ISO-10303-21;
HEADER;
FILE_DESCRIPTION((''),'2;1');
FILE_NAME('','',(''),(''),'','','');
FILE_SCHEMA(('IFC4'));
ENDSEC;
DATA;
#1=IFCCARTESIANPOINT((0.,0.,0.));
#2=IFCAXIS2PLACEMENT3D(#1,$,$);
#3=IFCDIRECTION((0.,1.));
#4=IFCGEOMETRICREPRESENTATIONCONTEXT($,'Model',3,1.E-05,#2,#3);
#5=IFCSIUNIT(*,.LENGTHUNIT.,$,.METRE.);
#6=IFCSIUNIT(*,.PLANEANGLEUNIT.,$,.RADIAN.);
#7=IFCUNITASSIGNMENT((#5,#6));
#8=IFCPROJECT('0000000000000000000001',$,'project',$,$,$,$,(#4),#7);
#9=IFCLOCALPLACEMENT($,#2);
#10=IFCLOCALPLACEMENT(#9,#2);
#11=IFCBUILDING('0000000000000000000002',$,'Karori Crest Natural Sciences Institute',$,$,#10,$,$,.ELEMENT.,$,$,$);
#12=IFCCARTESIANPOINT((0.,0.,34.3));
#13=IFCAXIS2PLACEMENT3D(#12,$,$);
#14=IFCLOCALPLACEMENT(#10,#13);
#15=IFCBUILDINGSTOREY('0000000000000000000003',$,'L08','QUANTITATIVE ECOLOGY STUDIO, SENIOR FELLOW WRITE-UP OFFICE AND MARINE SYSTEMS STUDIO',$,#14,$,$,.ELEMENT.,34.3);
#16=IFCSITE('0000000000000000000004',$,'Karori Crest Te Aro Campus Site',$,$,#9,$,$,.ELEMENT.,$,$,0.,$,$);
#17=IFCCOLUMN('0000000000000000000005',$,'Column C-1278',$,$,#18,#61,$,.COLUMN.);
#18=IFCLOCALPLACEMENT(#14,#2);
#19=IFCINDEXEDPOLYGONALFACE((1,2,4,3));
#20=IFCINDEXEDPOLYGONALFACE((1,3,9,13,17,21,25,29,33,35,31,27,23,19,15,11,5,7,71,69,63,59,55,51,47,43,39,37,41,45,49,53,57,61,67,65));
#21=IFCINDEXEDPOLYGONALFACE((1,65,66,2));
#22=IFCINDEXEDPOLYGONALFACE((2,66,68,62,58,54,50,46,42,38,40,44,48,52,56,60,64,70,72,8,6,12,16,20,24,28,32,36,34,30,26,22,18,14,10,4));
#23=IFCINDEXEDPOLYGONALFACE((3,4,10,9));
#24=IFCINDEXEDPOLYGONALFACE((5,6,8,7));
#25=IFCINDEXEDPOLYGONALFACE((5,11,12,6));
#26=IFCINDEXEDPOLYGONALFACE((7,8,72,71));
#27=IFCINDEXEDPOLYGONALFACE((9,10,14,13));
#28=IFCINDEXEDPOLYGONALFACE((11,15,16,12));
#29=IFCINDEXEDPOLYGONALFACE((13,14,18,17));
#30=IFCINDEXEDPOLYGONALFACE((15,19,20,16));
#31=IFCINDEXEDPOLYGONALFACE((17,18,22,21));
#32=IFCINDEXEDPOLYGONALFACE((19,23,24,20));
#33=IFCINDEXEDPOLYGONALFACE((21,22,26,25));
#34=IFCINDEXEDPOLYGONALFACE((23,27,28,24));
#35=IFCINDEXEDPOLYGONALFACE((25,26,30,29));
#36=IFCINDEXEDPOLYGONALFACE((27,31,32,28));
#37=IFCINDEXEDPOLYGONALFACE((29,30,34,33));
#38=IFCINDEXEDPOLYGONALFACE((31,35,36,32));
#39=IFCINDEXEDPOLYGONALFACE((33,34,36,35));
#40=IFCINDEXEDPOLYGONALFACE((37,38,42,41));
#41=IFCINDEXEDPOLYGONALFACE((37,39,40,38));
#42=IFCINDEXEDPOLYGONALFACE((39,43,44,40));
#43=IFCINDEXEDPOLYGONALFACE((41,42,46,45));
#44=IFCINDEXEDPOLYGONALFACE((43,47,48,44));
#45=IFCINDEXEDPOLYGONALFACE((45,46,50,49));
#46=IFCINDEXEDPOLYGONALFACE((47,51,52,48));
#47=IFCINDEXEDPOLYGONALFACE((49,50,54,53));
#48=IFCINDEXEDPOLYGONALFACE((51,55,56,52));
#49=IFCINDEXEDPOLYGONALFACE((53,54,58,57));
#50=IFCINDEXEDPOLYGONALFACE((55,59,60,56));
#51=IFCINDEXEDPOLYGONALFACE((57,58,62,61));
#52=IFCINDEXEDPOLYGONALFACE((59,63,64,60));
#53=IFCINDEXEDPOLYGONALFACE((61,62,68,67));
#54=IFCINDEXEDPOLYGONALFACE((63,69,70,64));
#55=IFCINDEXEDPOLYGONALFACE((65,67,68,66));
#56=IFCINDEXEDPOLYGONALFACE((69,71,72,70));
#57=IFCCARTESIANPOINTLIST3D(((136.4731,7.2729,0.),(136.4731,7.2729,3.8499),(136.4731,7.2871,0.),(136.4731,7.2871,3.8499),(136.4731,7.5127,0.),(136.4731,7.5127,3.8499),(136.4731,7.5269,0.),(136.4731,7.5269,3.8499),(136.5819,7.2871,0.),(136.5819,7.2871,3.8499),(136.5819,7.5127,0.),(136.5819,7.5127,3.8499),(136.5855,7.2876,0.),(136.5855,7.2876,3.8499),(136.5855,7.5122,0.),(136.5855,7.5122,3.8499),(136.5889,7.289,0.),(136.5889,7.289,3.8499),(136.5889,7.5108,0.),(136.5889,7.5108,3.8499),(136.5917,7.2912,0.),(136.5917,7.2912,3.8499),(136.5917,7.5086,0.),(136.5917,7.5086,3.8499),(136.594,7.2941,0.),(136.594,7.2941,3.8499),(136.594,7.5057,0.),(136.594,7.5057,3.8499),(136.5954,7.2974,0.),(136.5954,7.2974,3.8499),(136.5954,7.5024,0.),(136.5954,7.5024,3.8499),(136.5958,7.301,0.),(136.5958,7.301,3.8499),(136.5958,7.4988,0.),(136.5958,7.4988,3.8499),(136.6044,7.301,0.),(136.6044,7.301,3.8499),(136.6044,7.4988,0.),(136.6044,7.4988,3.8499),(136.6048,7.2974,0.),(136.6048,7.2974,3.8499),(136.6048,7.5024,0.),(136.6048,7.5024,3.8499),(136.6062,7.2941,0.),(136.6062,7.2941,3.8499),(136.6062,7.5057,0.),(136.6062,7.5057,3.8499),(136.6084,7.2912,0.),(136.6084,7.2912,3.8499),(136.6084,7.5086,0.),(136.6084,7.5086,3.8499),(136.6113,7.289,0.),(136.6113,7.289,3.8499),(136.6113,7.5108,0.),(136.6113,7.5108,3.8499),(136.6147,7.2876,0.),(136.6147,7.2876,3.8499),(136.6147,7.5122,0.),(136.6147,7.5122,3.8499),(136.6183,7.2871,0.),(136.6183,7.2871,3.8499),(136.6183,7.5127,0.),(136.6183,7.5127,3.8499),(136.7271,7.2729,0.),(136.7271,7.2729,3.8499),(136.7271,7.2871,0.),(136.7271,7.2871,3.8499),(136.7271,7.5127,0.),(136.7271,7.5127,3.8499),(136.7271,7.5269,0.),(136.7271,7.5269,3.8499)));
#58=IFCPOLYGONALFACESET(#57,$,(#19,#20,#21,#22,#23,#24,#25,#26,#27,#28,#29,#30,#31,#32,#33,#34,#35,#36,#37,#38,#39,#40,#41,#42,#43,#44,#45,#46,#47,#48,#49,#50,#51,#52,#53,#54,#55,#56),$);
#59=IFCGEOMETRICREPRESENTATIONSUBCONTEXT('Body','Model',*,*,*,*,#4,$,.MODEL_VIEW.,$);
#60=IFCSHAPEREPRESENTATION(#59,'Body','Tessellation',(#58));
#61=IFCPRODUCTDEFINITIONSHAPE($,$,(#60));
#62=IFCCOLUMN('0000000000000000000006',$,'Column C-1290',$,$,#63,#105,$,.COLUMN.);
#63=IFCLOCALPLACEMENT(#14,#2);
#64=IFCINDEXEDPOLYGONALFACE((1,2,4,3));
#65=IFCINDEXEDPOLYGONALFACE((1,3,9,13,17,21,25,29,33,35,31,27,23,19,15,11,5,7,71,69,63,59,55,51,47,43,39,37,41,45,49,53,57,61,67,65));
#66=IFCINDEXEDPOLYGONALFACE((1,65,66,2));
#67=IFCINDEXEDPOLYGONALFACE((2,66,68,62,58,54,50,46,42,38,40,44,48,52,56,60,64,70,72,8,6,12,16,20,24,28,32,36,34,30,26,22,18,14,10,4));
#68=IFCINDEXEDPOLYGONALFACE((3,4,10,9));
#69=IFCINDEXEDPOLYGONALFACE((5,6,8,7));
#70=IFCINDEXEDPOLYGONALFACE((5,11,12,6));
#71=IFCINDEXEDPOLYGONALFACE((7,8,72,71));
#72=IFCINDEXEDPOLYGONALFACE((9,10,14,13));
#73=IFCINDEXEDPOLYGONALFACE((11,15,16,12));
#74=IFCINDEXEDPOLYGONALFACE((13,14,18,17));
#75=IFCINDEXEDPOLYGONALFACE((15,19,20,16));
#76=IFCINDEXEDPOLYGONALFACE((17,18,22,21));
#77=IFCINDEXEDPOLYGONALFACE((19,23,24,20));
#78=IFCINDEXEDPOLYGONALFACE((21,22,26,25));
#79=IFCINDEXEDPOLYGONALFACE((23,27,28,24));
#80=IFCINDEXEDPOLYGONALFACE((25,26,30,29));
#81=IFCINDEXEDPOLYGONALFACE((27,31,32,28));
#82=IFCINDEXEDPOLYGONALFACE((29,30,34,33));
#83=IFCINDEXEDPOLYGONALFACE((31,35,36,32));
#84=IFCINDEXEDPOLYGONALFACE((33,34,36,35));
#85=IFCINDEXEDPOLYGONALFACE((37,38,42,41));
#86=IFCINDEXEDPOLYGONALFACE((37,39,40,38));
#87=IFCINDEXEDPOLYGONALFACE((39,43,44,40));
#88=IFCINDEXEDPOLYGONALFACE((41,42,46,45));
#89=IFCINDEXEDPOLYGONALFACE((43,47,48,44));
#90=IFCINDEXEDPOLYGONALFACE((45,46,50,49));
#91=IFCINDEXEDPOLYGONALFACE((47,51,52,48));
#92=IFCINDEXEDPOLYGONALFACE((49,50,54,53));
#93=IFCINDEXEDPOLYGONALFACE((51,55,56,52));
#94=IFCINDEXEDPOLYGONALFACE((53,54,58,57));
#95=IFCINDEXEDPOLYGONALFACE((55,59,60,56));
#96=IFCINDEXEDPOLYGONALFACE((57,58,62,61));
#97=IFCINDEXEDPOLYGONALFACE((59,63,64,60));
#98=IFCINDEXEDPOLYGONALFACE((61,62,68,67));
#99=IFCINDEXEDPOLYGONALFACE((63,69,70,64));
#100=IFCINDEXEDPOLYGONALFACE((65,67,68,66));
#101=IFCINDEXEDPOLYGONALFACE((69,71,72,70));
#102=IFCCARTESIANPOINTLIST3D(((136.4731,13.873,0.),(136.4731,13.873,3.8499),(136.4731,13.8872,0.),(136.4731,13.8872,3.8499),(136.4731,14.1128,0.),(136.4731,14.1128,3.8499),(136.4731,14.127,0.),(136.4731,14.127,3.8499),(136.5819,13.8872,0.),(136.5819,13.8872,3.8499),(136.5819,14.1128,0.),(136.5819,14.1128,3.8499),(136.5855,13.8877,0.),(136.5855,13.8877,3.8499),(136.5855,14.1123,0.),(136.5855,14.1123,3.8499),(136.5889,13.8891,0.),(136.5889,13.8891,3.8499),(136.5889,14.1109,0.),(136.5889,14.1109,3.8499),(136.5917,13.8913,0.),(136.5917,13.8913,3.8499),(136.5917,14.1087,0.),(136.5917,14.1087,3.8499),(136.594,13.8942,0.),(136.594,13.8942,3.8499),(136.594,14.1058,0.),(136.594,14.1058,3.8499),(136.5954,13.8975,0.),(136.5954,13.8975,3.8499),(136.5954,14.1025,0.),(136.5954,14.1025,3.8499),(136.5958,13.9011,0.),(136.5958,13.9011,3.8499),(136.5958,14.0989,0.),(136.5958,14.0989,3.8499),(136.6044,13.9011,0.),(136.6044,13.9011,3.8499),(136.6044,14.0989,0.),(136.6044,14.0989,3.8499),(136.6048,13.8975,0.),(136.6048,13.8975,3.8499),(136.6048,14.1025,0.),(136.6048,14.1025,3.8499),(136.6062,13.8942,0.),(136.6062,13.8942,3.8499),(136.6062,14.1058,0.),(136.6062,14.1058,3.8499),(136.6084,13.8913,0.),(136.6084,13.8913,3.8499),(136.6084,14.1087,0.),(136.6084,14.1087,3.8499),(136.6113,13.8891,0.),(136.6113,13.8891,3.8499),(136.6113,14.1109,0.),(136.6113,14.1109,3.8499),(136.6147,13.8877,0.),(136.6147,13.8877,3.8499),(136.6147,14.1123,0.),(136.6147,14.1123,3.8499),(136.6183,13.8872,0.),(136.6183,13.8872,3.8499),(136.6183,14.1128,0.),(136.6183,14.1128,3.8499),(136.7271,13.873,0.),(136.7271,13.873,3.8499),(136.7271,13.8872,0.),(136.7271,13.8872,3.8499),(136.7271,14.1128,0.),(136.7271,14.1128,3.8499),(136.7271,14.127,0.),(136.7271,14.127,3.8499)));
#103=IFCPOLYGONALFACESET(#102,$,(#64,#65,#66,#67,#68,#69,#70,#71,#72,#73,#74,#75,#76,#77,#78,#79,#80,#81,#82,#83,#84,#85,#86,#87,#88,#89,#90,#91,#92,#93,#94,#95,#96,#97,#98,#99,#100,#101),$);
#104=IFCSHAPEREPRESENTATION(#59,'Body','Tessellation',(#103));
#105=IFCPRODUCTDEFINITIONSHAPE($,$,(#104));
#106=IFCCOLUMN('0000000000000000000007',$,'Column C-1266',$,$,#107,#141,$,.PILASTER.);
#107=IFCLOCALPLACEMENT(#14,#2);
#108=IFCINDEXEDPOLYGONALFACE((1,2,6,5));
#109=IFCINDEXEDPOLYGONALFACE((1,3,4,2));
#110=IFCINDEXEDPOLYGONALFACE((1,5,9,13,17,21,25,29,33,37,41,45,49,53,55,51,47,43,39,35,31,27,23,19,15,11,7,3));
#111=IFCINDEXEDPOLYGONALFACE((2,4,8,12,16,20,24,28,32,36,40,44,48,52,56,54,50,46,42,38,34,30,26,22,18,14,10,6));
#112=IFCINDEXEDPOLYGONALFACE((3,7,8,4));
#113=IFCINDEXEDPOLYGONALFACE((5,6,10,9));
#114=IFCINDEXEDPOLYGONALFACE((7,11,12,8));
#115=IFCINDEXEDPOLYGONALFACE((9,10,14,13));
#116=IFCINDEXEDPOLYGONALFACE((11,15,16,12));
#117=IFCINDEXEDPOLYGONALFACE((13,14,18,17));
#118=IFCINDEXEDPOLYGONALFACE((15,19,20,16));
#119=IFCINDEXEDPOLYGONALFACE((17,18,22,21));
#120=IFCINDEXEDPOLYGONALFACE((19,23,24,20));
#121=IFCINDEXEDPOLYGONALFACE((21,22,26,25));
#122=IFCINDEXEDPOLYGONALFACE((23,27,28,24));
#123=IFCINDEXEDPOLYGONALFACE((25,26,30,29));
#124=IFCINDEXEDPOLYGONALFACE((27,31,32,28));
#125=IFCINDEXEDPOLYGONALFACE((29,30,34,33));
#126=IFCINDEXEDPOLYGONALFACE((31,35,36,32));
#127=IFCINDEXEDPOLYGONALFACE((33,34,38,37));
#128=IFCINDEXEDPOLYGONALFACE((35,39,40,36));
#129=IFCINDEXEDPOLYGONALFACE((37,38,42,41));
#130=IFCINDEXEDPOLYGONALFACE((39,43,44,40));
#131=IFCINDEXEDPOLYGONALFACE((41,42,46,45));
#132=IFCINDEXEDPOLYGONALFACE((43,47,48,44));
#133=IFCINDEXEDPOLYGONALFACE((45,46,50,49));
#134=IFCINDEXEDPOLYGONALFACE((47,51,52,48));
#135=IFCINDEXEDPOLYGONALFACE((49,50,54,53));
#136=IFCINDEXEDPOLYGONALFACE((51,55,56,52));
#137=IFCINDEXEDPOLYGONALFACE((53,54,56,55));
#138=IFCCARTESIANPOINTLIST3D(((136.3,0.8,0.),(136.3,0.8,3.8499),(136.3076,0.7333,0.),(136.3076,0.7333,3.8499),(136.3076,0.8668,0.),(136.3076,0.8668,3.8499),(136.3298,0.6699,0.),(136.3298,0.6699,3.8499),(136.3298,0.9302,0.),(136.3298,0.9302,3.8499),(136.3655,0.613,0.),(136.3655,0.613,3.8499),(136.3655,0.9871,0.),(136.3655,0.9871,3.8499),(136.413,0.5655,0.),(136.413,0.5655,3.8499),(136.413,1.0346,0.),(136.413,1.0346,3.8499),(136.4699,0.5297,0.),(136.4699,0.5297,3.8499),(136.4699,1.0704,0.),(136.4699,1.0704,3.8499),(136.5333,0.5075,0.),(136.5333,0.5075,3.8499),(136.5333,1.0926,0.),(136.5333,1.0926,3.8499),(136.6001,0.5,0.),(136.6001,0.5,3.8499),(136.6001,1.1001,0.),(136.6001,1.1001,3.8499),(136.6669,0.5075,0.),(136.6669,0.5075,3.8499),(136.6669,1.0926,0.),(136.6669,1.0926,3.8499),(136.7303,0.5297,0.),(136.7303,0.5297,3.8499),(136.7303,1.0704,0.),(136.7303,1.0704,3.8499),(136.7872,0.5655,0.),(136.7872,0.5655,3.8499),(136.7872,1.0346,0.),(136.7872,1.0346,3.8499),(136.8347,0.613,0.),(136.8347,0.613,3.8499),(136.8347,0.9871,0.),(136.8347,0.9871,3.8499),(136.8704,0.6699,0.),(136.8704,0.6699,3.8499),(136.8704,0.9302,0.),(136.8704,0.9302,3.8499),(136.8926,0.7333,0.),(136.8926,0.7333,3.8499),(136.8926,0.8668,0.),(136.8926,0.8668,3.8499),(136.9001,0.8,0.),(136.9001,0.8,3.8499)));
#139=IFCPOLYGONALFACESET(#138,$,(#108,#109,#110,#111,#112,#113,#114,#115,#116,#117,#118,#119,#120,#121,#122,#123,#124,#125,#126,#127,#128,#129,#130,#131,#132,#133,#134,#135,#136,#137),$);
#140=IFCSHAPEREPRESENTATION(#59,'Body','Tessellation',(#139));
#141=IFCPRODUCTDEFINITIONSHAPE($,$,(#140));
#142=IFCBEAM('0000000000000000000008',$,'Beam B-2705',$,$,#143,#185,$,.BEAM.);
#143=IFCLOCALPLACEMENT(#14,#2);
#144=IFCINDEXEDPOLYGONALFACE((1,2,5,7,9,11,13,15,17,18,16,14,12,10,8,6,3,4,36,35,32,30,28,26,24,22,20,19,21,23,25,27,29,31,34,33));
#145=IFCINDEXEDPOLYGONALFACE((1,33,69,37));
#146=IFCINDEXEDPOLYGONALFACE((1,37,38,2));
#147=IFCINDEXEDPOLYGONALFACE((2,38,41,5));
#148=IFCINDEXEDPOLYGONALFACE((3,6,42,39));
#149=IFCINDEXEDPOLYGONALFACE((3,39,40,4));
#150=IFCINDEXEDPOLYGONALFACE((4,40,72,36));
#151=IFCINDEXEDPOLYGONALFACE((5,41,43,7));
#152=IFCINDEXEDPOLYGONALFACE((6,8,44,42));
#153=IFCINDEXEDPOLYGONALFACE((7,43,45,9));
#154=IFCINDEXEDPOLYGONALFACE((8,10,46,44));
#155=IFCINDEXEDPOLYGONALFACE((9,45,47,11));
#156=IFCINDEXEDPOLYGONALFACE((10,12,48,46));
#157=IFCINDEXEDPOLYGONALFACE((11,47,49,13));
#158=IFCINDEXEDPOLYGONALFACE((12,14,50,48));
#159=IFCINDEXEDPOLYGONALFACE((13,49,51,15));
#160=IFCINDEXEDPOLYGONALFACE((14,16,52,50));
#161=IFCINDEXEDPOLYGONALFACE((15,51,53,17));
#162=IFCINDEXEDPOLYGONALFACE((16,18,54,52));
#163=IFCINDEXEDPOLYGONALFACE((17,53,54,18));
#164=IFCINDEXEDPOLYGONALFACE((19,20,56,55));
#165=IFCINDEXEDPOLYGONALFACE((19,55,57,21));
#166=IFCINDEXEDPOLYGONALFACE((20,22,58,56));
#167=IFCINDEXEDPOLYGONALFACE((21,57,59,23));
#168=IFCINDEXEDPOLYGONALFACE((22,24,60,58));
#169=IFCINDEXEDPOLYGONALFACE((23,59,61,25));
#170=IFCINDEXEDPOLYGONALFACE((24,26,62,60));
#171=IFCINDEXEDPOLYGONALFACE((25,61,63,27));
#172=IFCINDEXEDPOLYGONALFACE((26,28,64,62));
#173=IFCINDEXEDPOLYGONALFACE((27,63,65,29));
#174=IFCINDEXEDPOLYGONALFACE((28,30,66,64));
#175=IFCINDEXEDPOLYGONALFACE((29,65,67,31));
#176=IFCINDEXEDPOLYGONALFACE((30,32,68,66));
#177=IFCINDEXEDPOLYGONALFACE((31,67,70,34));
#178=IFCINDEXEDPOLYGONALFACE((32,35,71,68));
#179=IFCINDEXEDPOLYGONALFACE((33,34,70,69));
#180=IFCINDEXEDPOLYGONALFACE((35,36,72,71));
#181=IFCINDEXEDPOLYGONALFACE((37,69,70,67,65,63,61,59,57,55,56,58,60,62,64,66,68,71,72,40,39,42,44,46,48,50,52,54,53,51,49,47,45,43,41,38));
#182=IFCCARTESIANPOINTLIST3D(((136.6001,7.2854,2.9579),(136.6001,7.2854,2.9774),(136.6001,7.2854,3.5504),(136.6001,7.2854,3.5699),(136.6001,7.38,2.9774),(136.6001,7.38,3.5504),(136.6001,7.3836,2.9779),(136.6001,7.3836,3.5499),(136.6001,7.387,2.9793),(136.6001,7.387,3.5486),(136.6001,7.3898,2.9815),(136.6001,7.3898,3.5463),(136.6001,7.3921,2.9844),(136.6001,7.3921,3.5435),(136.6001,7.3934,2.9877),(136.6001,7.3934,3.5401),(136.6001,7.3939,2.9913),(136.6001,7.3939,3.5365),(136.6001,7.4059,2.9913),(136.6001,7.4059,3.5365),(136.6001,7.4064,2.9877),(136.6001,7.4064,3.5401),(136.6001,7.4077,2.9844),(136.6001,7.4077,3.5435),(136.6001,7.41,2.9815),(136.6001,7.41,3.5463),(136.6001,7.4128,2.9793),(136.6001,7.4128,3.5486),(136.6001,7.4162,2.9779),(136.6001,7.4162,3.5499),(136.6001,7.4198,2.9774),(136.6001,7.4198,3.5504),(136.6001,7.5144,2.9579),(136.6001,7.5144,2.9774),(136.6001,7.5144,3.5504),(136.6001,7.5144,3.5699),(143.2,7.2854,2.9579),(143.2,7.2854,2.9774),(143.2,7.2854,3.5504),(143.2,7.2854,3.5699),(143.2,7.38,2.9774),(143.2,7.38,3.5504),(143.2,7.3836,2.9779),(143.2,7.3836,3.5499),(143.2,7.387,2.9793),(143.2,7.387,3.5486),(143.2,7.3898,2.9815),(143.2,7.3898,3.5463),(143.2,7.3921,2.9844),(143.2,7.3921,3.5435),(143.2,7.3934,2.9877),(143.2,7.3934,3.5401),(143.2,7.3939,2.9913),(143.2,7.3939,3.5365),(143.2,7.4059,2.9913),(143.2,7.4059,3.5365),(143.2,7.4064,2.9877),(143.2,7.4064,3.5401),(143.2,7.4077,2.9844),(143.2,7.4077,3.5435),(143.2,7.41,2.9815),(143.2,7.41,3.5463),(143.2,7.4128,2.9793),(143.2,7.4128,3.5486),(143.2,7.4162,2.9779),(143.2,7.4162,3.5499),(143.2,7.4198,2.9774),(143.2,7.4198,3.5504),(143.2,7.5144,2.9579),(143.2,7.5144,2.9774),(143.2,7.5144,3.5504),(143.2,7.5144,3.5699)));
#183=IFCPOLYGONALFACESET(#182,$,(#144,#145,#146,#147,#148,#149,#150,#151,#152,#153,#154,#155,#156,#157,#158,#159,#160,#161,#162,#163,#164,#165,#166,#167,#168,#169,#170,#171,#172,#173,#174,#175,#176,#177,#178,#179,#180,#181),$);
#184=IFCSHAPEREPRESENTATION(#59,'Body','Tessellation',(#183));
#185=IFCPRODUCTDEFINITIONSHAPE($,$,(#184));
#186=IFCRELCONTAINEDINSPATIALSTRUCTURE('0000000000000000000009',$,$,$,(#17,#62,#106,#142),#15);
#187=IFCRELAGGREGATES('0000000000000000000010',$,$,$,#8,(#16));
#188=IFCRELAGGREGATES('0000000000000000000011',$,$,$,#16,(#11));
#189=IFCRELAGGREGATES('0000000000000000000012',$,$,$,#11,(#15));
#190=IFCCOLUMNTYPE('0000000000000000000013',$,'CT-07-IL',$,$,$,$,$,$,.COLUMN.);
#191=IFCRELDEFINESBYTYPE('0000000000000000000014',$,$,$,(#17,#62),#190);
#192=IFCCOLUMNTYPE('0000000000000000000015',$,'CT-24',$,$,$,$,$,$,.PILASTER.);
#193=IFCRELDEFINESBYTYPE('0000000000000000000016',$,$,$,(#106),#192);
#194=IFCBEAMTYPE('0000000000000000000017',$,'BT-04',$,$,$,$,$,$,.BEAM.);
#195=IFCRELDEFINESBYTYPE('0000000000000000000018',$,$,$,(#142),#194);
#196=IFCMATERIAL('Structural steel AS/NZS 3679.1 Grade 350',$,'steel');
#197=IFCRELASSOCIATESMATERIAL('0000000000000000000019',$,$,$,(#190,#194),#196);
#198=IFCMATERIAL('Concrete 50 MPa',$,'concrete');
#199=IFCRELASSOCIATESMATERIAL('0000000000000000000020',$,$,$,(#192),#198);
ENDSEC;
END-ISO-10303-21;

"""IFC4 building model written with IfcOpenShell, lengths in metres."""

from ifc_helpers import new_model, si_unit, direction, frame, origin, origin_2d, place, context, subcontext, project, spatial, circle, i_section, extrude, material, material_profile, profile_set, type_object, element, save


model = new_model("IFC4")

# Units and contexts
model_context = context("Model", 3, precision=1e-05, world=origin(), true_north=direction((0.0, 1.0)))
body_context = subcontext(model_context, "Body", "Model", "MODEL_VIEW")
ifc_project = project(units=[si_unit("LENGTHUNIT", "METRE"), si_unit("PLANEANGLEUNIT", "RADIAN")], contexts=[model_context])

# Site, building, storey
site_placement = place(None, origin())
site = spatial("IfcSite", under=ifc_project, at=site_placement, Name="Karori Crest Te Aro Campus Site", CompositionType="ELEMENT", RefElevation=0.0)
building_placement = place(site_placement, origin())
building = spatial("IfcBuilding", under=site, at=building_placement, Name="Karori Crest Natural Sciences Institute", CompositionType="ELEMENT")
storey_placement = place(building_placement, frame((0.0, 0.0, 34.3)))
storey = spatial("IfcBuildingStorey", under=building, at=storey_placement, Name="L08", Description="QUANTITATIVE ECOLOGY STUDIO, SENIOR FELLOW WRITE-UP OFFICE AND MARINE SYSTEMS STUDIO", CompositionType="ELEMENT", Elevation=34.3)

# Columns
ifc_material_1 = material(Name="Structural steel AS/NZS 3679.1 Grade 350", Category="steel")
ifc_material_profile_1 = material_profile(ifc_material_1, i_section(OverallWidth=0.2539, OverallDepth=0.2539, WebThickness=0.0085, FlangeThickness=0.0142, FilletRadius=0.0139, at=origin_2d()), Name="250UC72.9")
ifc_profile_set_1 = profile_set([ifc_material_profile_1], Name="Structural steel AS/NZS 3679.1 Grade 350")
column_type_1 = type_object("IfcColumnType", Name="CT-07-IL", PredefinedType="COLUMN", material=ifc_profile_set_1)
for number, where, z_axis, x_axis, name in (
    (1, (136.6001, 7.3999, 0.0), (0.0, 0.0, 1.0), (1.0, 0.0, 0.0), "Column C-1278"),
    (2, (136.6001, 14.0, 0.0), (0.0, 0.0, 1.0), (1.0, 0.0, 0.0), "Column C-1290"),
):
    element("IfcColumn", number, at=place(storey_placement, frame(where, z_axis=z_axis, x_axis=x_axis)), inside=storey, type_object=column_type_1, Name=name, PredefinedType="COLUMN", context=body_context, shape_type="SweptSolid", body=[
        extrude(i_section(OverallWidth=0.2539, OverallDepth=0.2539, WebThickness=0.0085, FlangeThickness=0.0142, FilletRadius=0.0139, at=origin_2d()), origin(), (0.0, 0.0, 1.0), 3.8499),
    ])
ifc_material_2 = material(Name="Concrete 50 MPa", Category="concrete")
ifc_material_profile_2 = material_profile(ifc_material_2, circle(Radius=0.3, at=origin_2d()), Name="RCC600")
ifc_profile_set_2 = profile_set([ifc_material_profile_2], Name="Concrete 50 MPa")
column_type_2 = type_object("IfcColumnType", Name="CT-24", PredefinedType="PILASTER", material=ifc_profile_set_2)
column_placement = place(storey_placement, frame((136.6001, 0.8, 0.0), z_axis=(0.0, 0.0, 1.0), x_axis=(1.0, 0.0, 0.0)))
element("IfcColumn", 3, at=column_placement, inside=storey, type_object=column_type_2, Name="Column C-1266", PredefinedType="PILASTER", context=body_context, shape_type="SweptSolid", body=[
    extrude(circle(Radius=0.3, at=origin_2d()), origin(), (0.0, 0.0, 1.0), 3.8499),
])

# Beam
ifc_material_profile_3 = material_profile(ifc_material_1, i_section(OverallWidth=0.229, OverallDepth=0.6121, WebThickness=0.012, FlangeThickness=0.0195, FilletRadius=0.0139, at=origin_2d()), Name="610UB125")
ifc_profile_set_3 = profile_set([ifc_material_profile_3], Name="Structural steel AS/NZS 3679.1 Grade 350")
beam_type_1 = type_object("IfcBeamType", Name="BT-04", PredefinedType="BEAM", material=ifc_profile_set_3)
for number, where, z_axis, x_axis, name in (
    (4, (136.6001, 7.3999, 3.2639), (1.0, 0.0, 0.0), (0.0, 1.0, 0.0), "Beam B-2705"),
):
    element("IfcBeam", number, at=place(storey_placement, frame(where, z_axis=z_axis, x_axis=x_axis)), inside=storey, type_object=beam_type_1, Name=name, PredefinedType="BEAM", context=body_context, shape_type="SweptSolid", body=[
        extrude(i_section(OverallWidth=0.229, OverallDepth=0.6121, WebThickness=0.012, FlangeThickness=0.0195, FilletRadius=0.0139, at=origin_2d()), origin(), (0.0, 0.0, 1.0), 6.5999),
    ])

save(model, "model.ifc")
